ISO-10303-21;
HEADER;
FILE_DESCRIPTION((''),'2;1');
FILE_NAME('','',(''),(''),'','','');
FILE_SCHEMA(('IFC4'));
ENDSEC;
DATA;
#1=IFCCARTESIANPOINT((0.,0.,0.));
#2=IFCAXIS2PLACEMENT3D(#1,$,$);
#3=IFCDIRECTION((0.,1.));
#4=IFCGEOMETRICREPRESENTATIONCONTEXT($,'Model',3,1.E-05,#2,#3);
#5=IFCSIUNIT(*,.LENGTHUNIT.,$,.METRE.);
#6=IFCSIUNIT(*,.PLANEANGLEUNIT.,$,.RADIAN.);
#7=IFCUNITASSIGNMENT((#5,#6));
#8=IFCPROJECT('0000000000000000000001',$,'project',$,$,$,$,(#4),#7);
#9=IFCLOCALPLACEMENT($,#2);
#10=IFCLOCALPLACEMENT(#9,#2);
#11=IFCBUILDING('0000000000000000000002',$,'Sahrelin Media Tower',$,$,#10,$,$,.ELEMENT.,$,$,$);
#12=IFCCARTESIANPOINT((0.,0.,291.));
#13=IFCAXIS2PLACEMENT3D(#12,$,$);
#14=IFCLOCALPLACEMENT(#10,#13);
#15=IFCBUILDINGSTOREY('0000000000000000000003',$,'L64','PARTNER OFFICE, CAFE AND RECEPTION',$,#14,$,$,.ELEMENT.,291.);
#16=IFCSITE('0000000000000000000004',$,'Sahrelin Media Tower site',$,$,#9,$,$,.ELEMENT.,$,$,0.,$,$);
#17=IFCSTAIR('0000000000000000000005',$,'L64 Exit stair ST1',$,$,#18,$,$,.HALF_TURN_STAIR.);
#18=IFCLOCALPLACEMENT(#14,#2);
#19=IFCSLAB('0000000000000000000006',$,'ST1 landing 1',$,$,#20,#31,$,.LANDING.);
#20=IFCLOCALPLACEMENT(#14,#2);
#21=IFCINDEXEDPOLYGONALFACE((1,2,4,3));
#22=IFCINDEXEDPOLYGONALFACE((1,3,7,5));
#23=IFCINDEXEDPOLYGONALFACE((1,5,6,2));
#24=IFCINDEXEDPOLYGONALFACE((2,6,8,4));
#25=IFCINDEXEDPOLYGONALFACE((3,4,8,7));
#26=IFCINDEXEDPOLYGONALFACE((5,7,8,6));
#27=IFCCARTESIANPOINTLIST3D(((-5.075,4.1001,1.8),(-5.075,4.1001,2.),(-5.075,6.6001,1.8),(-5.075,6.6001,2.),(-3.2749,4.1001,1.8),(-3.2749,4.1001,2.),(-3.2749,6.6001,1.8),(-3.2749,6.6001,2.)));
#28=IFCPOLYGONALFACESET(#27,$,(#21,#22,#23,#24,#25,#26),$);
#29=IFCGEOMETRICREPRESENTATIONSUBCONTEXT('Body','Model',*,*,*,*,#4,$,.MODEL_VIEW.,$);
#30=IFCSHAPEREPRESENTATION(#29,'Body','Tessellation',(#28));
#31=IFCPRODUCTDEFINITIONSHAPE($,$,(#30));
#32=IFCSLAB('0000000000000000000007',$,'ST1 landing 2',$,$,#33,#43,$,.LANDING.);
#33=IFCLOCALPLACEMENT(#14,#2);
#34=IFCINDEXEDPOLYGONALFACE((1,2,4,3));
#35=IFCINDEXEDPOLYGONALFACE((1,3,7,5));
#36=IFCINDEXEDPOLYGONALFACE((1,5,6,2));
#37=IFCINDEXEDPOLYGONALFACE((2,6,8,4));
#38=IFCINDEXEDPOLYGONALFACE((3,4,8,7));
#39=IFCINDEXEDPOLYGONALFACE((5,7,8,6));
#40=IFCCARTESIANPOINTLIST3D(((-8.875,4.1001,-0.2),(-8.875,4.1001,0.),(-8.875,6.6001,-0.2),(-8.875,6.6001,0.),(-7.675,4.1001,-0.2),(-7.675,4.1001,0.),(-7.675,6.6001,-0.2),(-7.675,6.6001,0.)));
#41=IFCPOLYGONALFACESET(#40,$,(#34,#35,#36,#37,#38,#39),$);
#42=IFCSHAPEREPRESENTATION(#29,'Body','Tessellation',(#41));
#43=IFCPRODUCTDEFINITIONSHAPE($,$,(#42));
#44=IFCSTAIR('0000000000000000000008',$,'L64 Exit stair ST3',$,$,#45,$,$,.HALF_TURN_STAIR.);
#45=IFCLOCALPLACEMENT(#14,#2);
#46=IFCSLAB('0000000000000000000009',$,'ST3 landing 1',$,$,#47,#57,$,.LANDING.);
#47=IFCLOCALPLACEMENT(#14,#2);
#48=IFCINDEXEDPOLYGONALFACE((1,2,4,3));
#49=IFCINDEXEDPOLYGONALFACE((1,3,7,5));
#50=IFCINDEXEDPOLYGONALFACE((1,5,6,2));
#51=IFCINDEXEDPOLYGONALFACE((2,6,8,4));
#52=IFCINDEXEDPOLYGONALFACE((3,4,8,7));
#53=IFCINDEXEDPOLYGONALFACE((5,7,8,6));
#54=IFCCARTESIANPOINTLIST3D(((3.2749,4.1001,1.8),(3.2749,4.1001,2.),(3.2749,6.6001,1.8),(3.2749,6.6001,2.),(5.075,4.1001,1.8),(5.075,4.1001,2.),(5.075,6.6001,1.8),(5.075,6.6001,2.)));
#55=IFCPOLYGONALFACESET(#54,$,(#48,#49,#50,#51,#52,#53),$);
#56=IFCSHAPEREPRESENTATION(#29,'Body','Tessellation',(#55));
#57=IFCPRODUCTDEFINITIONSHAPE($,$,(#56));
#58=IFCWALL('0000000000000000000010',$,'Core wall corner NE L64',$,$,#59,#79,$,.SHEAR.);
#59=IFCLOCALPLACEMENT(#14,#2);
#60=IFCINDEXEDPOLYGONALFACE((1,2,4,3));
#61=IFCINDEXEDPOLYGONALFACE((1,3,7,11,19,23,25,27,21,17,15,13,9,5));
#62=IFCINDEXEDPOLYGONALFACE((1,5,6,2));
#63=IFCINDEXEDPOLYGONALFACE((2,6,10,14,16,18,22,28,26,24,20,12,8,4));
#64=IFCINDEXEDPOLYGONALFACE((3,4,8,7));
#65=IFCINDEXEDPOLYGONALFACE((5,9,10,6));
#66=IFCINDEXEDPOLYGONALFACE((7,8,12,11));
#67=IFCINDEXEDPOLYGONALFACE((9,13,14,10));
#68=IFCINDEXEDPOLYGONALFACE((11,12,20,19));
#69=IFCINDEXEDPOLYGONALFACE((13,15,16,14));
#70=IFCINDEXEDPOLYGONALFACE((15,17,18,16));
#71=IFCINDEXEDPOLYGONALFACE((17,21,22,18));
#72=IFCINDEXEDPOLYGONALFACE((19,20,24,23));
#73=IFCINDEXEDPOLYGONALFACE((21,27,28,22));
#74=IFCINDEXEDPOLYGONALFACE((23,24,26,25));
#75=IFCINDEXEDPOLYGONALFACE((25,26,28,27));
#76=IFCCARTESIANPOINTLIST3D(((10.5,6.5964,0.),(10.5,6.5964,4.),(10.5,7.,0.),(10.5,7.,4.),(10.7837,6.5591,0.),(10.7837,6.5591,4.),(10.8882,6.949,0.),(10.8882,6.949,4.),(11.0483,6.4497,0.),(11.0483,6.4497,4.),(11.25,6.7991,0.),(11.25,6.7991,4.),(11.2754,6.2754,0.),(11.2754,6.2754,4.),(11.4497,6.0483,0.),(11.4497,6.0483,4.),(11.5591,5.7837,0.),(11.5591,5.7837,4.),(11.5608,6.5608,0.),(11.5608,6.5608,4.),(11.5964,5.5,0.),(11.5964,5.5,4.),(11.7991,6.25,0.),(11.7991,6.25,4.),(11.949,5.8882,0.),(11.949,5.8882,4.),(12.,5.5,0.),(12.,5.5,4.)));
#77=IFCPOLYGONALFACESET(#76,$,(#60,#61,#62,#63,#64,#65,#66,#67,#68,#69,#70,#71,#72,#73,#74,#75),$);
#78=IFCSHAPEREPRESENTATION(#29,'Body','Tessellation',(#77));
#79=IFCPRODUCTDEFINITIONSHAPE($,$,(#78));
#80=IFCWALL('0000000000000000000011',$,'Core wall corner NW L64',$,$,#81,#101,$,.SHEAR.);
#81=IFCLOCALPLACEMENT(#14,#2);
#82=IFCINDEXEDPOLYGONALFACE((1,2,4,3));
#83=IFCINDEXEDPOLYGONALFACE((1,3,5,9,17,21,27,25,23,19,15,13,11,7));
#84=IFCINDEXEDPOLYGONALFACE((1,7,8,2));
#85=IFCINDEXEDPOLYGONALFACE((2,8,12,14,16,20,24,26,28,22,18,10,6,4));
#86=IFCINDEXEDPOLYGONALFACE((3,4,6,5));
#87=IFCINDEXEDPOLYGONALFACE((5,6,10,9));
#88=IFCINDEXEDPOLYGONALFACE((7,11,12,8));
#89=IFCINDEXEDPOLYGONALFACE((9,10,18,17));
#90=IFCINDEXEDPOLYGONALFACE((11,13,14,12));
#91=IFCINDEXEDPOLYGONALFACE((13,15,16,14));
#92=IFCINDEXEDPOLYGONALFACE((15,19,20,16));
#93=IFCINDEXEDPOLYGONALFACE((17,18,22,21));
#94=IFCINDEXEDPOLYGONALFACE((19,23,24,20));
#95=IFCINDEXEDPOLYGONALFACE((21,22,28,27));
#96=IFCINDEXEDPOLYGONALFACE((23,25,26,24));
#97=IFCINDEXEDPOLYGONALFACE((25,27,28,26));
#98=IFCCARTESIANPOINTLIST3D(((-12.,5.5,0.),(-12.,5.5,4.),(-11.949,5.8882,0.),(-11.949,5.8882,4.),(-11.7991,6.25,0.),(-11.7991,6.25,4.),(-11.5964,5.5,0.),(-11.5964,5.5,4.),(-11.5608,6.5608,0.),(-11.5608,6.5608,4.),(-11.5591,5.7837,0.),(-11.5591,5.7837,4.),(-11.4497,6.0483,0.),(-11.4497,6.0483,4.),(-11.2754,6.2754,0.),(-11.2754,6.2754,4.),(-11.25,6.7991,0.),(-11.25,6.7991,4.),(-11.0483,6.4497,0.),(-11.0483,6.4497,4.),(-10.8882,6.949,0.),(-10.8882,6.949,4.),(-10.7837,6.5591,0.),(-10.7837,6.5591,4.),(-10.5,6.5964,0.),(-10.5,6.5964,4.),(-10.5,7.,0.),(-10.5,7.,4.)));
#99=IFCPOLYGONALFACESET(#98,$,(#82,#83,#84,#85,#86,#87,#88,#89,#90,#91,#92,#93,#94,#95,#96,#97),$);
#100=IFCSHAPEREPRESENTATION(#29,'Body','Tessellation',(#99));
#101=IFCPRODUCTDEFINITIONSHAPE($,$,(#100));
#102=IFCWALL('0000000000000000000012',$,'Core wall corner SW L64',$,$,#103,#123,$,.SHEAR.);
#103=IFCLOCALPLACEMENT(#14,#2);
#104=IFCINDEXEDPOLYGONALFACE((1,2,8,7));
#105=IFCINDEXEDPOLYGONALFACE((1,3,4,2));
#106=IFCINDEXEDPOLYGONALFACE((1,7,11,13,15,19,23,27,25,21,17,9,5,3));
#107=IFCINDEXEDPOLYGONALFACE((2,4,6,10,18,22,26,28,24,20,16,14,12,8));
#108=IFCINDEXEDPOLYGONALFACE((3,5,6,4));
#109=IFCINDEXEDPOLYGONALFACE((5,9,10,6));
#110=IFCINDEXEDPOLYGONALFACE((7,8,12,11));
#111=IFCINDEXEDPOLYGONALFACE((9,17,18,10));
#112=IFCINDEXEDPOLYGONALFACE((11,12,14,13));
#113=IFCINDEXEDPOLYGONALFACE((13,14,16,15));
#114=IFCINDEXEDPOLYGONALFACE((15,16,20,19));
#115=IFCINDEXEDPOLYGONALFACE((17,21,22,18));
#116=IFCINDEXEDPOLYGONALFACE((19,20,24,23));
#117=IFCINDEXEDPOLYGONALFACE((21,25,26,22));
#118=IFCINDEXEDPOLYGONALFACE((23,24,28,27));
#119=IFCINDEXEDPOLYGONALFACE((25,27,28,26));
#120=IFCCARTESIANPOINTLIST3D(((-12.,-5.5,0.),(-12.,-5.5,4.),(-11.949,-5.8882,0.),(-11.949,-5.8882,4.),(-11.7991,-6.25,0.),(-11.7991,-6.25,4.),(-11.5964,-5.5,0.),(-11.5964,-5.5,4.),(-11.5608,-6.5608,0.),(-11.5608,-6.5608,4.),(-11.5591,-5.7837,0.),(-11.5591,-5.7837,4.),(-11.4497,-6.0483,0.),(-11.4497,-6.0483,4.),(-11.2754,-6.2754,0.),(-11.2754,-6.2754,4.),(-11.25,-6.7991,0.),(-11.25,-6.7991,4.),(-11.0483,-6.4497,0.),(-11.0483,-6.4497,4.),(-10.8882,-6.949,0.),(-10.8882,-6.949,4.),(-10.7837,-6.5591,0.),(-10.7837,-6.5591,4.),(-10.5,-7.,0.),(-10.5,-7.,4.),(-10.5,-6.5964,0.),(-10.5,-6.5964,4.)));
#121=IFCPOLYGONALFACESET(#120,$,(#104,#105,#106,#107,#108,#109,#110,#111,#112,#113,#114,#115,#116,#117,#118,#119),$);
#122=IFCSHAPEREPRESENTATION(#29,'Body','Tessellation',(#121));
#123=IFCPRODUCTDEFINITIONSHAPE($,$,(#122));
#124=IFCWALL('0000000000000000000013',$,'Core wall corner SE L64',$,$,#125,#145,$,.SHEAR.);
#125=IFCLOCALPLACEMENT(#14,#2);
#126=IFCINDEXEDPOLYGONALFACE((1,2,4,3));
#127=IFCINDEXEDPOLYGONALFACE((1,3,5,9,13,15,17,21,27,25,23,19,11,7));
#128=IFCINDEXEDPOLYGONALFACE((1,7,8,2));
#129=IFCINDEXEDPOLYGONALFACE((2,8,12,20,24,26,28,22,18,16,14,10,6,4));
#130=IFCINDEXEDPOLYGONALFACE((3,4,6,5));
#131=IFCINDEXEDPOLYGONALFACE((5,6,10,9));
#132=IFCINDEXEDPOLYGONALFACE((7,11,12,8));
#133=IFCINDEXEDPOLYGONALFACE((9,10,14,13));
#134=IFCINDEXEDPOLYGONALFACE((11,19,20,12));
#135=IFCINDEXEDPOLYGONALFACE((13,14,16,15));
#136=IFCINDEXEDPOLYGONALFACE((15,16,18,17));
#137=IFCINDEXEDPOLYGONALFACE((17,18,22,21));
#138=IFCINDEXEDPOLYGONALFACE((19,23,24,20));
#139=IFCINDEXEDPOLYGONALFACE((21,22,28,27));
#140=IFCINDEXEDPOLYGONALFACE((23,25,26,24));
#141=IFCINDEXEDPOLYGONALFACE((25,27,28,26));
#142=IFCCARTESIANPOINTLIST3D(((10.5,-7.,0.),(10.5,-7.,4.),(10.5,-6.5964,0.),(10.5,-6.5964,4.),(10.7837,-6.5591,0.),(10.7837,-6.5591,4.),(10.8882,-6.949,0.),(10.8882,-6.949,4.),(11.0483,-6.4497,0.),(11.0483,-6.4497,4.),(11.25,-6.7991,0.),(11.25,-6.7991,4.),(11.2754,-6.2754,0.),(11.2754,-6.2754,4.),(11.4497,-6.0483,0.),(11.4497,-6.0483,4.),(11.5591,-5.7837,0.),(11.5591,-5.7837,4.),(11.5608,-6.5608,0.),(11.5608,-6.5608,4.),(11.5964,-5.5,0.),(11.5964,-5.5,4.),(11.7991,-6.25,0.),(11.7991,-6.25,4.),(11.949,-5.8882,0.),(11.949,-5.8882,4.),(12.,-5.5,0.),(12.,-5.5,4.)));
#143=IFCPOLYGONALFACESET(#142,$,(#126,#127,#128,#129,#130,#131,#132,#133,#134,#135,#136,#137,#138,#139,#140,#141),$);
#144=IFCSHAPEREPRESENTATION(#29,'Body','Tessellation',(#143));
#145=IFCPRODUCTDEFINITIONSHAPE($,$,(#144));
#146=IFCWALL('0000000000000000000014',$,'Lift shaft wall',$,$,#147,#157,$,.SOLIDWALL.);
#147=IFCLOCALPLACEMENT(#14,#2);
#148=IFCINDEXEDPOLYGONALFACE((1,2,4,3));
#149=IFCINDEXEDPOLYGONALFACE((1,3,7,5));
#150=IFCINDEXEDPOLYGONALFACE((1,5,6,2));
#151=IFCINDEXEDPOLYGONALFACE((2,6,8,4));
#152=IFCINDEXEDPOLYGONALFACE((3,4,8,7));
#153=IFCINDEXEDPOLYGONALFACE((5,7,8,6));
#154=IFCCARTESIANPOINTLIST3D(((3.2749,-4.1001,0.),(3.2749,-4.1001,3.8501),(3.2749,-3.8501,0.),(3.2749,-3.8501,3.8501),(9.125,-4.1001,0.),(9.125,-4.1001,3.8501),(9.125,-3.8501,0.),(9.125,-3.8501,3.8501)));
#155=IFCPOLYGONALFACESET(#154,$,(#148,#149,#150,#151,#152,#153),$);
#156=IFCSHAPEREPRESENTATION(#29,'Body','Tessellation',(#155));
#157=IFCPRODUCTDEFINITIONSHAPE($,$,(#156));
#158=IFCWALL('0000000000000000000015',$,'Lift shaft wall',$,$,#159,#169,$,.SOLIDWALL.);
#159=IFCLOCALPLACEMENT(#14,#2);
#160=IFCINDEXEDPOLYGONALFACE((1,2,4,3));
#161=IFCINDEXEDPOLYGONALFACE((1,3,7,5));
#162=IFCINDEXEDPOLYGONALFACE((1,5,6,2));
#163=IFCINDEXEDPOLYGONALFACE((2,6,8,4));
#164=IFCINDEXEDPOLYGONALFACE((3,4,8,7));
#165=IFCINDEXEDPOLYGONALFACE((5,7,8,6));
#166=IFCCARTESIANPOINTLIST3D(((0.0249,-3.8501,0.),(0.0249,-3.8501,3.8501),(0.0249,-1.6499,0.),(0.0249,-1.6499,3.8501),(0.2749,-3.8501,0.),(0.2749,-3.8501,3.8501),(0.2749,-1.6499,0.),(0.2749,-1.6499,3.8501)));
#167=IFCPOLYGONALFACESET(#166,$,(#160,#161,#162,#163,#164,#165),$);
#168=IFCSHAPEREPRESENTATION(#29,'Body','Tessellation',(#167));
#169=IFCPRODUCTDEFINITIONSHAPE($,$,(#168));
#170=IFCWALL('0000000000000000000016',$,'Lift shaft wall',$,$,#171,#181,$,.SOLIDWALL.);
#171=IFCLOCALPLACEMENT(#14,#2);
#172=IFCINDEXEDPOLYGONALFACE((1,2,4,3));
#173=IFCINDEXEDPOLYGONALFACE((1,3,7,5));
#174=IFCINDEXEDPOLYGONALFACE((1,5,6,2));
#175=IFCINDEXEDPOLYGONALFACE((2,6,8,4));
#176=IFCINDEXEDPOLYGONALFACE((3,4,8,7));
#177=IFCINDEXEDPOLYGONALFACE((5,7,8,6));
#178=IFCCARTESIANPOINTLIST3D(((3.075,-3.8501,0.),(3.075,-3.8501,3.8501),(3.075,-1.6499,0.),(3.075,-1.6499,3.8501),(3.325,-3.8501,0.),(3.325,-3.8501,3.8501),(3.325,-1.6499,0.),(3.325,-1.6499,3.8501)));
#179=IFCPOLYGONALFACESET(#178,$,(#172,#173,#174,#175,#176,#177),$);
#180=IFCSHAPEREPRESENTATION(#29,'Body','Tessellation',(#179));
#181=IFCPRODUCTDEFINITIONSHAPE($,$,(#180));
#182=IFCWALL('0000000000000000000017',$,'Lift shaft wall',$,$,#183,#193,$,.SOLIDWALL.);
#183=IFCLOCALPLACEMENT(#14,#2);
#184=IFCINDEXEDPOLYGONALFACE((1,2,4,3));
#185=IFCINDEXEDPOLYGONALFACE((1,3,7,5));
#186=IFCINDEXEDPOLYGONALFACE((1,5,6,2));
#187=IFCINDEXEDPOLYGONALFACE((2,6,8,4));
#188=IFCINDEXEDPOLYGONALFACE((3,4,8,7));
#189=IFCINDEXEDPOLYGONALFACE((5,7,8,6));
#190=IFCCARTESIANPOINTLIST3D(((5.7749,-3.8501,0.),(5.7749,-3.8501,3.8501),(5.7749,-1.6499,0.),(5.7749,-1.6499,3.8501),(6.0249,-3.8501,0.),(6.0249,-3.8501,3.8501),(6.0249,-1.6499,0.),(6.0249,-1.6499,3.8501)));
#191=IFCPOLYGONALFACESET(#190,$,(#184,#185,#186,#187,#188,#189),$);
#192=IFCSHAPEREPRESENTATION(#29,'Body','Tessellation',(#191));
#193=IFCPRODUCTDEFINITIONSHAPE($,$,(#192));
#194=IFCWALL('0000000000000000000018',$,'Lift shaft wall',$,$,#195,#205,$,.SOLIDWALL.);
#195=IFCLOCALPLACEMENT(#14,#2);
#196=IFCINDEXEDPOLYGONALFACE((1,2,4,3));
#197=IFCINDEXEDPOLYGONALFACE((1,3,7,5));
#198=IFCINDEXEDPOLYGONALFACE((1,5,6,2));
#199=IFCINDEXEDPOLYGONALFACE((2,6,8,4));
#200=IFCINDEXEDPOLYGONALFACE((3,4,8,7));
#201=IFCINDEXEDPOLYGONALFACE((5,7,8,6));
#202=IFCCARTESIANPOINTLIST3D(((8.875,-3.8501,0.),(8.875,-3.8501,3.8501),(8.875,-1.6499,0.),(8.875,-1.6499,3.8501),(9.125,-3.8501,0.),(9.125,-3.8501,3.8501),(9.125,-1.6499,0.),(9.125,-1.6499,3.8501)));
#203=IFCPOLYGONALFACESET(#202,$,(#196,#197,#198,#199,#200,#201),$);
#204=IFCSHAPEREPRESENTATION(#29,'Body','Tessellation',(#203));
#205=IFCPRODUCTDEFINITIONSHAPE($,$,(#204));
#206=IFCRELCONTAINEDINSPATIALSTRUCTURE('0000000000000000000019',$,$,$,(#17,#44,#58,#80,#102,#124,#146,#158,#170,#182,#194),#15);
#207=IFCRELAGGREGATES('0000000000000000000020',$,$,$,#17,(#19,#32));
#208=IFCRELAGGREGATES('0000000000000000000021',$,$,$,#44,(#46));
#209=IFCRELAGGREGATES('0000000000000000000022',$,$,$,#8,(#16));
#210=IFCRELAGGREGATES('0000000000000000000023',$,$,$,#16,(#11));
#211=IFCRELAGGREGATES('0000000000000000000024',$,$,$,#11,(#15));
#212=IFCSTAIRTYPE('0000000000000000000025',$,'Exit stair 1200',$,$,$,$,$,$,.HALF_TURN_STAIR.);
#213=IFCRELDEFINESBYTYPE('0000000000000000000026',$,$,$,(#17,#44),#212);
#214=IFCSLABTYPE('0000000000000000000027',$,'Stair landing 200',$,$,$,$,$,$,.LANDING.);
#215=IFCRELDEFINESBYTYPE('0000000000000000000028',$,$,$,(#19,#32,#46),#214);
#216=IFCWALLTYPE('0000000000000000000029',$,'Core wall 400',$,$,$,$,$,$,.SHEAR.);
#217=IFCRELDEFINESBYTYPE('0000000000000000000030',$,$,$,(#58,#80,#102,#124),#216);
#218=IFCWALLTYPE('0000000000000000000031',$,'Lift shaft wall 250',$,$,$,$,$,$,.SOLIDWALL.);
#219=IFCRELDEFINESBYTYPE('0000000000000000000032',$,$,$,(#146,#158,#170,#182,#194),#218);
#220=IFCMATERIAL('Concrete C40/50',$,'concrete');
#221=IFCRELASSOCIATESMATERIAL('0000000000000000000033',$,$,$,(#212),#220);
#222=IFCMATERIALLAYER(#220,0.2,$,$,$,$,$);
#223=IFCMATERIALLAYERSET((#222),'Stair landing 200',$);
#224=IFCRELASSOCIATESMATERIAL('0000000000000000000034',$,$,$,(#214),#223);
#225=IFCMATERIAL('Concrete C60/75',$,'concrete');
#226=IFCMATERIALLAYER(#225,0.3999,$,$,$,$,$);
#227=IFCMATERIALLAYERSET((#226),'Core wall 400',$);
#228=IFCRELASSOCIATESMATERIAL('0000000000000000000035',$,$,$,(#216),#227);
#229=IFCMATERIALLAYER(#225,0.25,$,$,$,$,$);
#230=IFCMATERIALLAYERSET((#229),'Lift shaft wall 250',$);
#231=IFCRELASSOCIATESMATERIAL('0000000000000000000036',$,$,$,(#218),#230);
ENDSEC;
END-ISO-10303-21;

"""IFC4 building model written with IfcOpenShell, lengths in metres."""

from ifc_helpers import new_model, si_unit, direction, frame, frame_2d, origin, place, context, subcontext, project, spatial, polyline, rectangle, outline, extrude, material, layer, layer_set, type_object, element, aggregate, save


model = new_model("IFC4")

# Units and contexts
model_context = context("Model", 3, precision=1e-05, world=origin(), true_north=direction((0.0, 1.0)))
body_context = subcontext(model_context, "Body", "Model", "MODEL_VIEW")
ifc_project = project(units=[si_unit("LENGTHUNIT", "METRE"), si_unit("PLANEANGLEUNIT", "RADIAN")], contexts=[model_context])

# Site, building, storey
site_placement = place(None, origin())
site = spatial("IfcSite", under=ifc_project, at=site_placement, Name="Sahrelin Media Tower site", CompositionType="ELEMENT", RefElevation=0.0)
building_placement = place(site_placement, origin())
building = spatial("IfcBuilding", under=site, at=building_placement, Name="Sahrelin Media Tower", CompositionType="ELEMENT")
storey_placement = place(building_placement, frame((0.0, 0.0, 291.0)))
storey = spatial("IfcBuildingStorey", under=building, at=storey_placement, Name="L64", Description="PARTNER OFFICE, CAFE AND RECEPTION", CompositionType="ELEMENT", Elevation=291.0)

# Stair, slabs
ifc_material_1 = material(Name="Concrete C40/50", Category="concrete")
stair_type = type_object("IfcStairType", Name="Exit stair 1200", PredefinedType="HALF_TURN_STAIR", material=ifc_material_1)
placement_1 = place(storey_placement, origin())
stair_1 = element("IfcStair", 1, at=placement_1, inside=storey, type_object=stair_type, Name="L64 Exit stair ST1", PredefinedType="HALF_TURN_STAIR")
ifc_layer_1 = layer(ifc_material_1, 0.2)
ifc_layer_set_1 = layer_set([ifc_layer_1], Name="Stair landing 200")
slab_type = type_object("IfcSlabType", Name="Stair landing 200", PredefinedType="LANDING", material=ifc_layer_set_1)
placement_2 = place(storey_placement, frame((0.0, 0.0, 1.8)))
slab_1 = element("IfcSlab", 2, at=placement_2, type_object=slab_type, Name="ST1 landing 1", PredefinedType="LANDING", context=body_context, shape_type="SweptSolid", body=[
    extrude(outline(polyline([(-5.075, 4.1001), (-3.2749, 4.1001), (-3.2749, 6.6001), (-5.075, 6.6001), (-5.075, 4.1001)])), origin(), (0.0, 0.0, 1.0), 0.2),
])
slab_2_placement = place(storey_placement, frame((0.0, 0.0, -0.2)))
slab_2 = element("IfcSlab", 3, at=slab_2_placement, type_object=slab_type, Name="ST1 landing 2", PredefinedType="LANDING", context=body_context, shape_type="SweptSolid", body=[
    extrude(outline(polyline([(-8.875, 4.1001), (-7.675, 4.1001), (-7.675, 6.6001), (-8.875, 6.6001), (-8.875, 4.1001)])), origin(), (0.0, 0.0, 1.0), 0.2),
])
aggregate(stair_1, [slab_1, slab_2])

# Stair, slab
stair_2 = element("IfcStair", 4, at=placement_1, inside=storey, type_object=stair_type, Name="L64 Exit stair ST3", PredefinedType="HALF_TURN_STAIR")
slab_3 = element("IfcSlab", 5, at=placement_2, type_object=slab_type, Name="ST3 landing 1", PredefinedType="LANDING", context=body_context, shape_type="SweptSolid", body=[
    extrude(outline(polyline([(5.075, 6.6001), (3.2749, 6.6001), (3.2749, 4.1001), (5.075, 4.1001), (5.075, 6.6001)])), origin(), (0.0, 0.0, 1.0), 0.2),
])
aggregate(stair_2, [slab_3])

# Walls
ifc_material_2 = material(Name="Concrete C60/75", Category="concrete")
ifc_layer_2 = layer(ifc_material_2, 0.3999)
ifc_layer_set_2 = layer_set([ifc_layer_2], Name="Core wall 400")
wall_type_1 = type_object("IfcWallType", Name="Core wall 400", PredefinedType="SHEAR", material=ifc_layer_set_2)
element("IfcWall", 6, at=placement_1, inside=storey, type_object=wall_type_1, Name="Core wall corner NE L64", PredefinedType="SHEAR", context=body_context, shape_type="SweptSolid", body=[
    extrude(outline(polyline([(10.5, 7.0), (10.5, 6.5964), (10.7837, 6.5591), (11.0483, 6.4497), (11.2754, 6.2754), (11.4497, 6.0483), (11.5591, 5.7837), (11.5964, 5.5), (12.0, 5.5), (11.949, 5.8882), (11.7991, 6.25), (11.5608, 6.5608), (11.25, 6.7991), (10.8882, 6.949), (10.5, 7.0)])), origin(), (0.0, 0.0, 1.0), 4.0),
])
element("IfcWall", 7, at=placement_1, inside=storey, type_object=wall_type_1, Name="Core wall corner NW L64", PredefinedType="SHEAR", context=body_context, shape_type="SweptSolid", body=[
    extrude(outline(polyline([(-12.0, 5.5), (-11.5964, 5.5), (-11.5591, 5.7837), (-11.4497, 6.0483), (-11.2754, 6.2754), (-11.0483, 6.4497), (-10.7837, 6.5591), (-10.5, 6.5964), (-10.5, 7.0), (-10.8882, 6.949), (-11.25, 6.7991), (-11.5608, 6.5608), (-11.7991, 6.25), (-11.949, 5.8882), (-12.0, 5.5)])), origin(), (0.0, 0.0, 1.0), 4.0),
])
element("IfcWall", 8, at=placement_1, inside=storey, type_object=wall_type_1, Name="Core wall corner SW L64", PredefinedType="SHEAR", context=body_context, shape_type="SweptSolid", body=[
    extrude(outline(polyline([(-10.5, -7.0), (-10.5, -6.5964), (-10.7837, -6.5591), (-11.0483, -6.4497), (-11.2754, -6.2754), (-11.4497, -6.0483), (-11.5591, -5.7837), (-11.5964, -5.5), (-12.0, -5.5), (-11.949, -5.8882), (-11.7991, -6.25), (-11.5608, -6.5608), (-11.25, -6.7991), (-10.8882, -6.949), (-10.5, -7.0)])), origin(), (0.0, 0.0, 1.0), 4.0),
])
element("IfcWall", 9, at=placement_1, inside=storey, type_object=wall_type_1, Name="Core wall corner SE L64", PredefinedType="SHEAR", context=body_context, shape_type="SweptSolid", body=[
    extrude(outline(polyline([(12.0, -5.5), (11.5964, -5.5), (11.5591, -5.7837), (11.4497, -6.0483), (11.2754, -6.2754), (11.0483, -6.4497), (10.7837, -6.5591), (10.5, -6.5964), (10.5, -7.0), (10.8882, -6.949), (11.25, -6.7991), (11.5608, -6.5608), (11.7991, -6.25), (11.949, -5.8882), (12.0, -5.5)])), origin(), (0.0, 0.0, 1.0), 4.0),
])
ifc_layer_3 = layer(ifc_material_2, 0.25)
ifc_layer_set_3 = layer_set([ifc_layer_3], Name="Lift shaft wall 250")
wall_type_2 = type_object("IfcWallType", Name="Lift shaft wall 250", PredefinedType="SOLIDWALL", material=ifc_layer_set_3)
wall_1_placement = place(storey_placement, frame((3.2749, -3.9751, 0.0), z_axis=(0.0, 0.0, 1.0), x_axis=(1.0, 0.0, 0.0)))
element("IfcWall", 10, at=wall_1_placement, inside=storey, type_object=wall_type_2, Name="Lift shaft wall", PredefinedType="SOLIDWALL", context=body_context, shape_type="SweptSolid", body=[
    extrude(rectangle(XDim=5.8501, YDim=0.25, at=frame_2d((2.925, 0.0))), origin(), (0.0, 0.0, 1.0), 3.8501),
])
for number, where, z_axis, x_axis, name in (
    (11, (0.1499, -3.8501, 0.0), (0.0, 0.0, 1.0), (0.0, 1.0, 0.0), "Lift shaft wall"),
    (12, (3.2, -3.8501, 0.0), (0.0, 0.0, 1.0), (0.0, 1.0, 0.0), "Lift shaft wall"),
    (13, (5.8999, -3.8501, 0.0), (0.0, 0.0, 1.0), (0.0, 1.0, 0.0), "Lift shaft wall"),
    (14, (9.0, -3.8501, 0.0), (0.0, 0.0, 1.0), (0.0, 1.0, 0.0), "Lift shaft wall"),
):
    element("IfcWall", number, at=place(storey_placement, frame(where, z_axis=z_axis, x_axis=x_axis)), inside=storey, type_object=wall_type_2, Name=name, PredefinedType="SOLIDWALL", context=body_context, shape_type="SweptSolid", body=[
        extrude(rectangle(XDim=2.2002, YDim=0.25, at=frame_2d((1.1001, 0.0))), origin(), (0.0, 0.0, 1.0), 3.8501),
    ])

save(model, "model.ifc")
